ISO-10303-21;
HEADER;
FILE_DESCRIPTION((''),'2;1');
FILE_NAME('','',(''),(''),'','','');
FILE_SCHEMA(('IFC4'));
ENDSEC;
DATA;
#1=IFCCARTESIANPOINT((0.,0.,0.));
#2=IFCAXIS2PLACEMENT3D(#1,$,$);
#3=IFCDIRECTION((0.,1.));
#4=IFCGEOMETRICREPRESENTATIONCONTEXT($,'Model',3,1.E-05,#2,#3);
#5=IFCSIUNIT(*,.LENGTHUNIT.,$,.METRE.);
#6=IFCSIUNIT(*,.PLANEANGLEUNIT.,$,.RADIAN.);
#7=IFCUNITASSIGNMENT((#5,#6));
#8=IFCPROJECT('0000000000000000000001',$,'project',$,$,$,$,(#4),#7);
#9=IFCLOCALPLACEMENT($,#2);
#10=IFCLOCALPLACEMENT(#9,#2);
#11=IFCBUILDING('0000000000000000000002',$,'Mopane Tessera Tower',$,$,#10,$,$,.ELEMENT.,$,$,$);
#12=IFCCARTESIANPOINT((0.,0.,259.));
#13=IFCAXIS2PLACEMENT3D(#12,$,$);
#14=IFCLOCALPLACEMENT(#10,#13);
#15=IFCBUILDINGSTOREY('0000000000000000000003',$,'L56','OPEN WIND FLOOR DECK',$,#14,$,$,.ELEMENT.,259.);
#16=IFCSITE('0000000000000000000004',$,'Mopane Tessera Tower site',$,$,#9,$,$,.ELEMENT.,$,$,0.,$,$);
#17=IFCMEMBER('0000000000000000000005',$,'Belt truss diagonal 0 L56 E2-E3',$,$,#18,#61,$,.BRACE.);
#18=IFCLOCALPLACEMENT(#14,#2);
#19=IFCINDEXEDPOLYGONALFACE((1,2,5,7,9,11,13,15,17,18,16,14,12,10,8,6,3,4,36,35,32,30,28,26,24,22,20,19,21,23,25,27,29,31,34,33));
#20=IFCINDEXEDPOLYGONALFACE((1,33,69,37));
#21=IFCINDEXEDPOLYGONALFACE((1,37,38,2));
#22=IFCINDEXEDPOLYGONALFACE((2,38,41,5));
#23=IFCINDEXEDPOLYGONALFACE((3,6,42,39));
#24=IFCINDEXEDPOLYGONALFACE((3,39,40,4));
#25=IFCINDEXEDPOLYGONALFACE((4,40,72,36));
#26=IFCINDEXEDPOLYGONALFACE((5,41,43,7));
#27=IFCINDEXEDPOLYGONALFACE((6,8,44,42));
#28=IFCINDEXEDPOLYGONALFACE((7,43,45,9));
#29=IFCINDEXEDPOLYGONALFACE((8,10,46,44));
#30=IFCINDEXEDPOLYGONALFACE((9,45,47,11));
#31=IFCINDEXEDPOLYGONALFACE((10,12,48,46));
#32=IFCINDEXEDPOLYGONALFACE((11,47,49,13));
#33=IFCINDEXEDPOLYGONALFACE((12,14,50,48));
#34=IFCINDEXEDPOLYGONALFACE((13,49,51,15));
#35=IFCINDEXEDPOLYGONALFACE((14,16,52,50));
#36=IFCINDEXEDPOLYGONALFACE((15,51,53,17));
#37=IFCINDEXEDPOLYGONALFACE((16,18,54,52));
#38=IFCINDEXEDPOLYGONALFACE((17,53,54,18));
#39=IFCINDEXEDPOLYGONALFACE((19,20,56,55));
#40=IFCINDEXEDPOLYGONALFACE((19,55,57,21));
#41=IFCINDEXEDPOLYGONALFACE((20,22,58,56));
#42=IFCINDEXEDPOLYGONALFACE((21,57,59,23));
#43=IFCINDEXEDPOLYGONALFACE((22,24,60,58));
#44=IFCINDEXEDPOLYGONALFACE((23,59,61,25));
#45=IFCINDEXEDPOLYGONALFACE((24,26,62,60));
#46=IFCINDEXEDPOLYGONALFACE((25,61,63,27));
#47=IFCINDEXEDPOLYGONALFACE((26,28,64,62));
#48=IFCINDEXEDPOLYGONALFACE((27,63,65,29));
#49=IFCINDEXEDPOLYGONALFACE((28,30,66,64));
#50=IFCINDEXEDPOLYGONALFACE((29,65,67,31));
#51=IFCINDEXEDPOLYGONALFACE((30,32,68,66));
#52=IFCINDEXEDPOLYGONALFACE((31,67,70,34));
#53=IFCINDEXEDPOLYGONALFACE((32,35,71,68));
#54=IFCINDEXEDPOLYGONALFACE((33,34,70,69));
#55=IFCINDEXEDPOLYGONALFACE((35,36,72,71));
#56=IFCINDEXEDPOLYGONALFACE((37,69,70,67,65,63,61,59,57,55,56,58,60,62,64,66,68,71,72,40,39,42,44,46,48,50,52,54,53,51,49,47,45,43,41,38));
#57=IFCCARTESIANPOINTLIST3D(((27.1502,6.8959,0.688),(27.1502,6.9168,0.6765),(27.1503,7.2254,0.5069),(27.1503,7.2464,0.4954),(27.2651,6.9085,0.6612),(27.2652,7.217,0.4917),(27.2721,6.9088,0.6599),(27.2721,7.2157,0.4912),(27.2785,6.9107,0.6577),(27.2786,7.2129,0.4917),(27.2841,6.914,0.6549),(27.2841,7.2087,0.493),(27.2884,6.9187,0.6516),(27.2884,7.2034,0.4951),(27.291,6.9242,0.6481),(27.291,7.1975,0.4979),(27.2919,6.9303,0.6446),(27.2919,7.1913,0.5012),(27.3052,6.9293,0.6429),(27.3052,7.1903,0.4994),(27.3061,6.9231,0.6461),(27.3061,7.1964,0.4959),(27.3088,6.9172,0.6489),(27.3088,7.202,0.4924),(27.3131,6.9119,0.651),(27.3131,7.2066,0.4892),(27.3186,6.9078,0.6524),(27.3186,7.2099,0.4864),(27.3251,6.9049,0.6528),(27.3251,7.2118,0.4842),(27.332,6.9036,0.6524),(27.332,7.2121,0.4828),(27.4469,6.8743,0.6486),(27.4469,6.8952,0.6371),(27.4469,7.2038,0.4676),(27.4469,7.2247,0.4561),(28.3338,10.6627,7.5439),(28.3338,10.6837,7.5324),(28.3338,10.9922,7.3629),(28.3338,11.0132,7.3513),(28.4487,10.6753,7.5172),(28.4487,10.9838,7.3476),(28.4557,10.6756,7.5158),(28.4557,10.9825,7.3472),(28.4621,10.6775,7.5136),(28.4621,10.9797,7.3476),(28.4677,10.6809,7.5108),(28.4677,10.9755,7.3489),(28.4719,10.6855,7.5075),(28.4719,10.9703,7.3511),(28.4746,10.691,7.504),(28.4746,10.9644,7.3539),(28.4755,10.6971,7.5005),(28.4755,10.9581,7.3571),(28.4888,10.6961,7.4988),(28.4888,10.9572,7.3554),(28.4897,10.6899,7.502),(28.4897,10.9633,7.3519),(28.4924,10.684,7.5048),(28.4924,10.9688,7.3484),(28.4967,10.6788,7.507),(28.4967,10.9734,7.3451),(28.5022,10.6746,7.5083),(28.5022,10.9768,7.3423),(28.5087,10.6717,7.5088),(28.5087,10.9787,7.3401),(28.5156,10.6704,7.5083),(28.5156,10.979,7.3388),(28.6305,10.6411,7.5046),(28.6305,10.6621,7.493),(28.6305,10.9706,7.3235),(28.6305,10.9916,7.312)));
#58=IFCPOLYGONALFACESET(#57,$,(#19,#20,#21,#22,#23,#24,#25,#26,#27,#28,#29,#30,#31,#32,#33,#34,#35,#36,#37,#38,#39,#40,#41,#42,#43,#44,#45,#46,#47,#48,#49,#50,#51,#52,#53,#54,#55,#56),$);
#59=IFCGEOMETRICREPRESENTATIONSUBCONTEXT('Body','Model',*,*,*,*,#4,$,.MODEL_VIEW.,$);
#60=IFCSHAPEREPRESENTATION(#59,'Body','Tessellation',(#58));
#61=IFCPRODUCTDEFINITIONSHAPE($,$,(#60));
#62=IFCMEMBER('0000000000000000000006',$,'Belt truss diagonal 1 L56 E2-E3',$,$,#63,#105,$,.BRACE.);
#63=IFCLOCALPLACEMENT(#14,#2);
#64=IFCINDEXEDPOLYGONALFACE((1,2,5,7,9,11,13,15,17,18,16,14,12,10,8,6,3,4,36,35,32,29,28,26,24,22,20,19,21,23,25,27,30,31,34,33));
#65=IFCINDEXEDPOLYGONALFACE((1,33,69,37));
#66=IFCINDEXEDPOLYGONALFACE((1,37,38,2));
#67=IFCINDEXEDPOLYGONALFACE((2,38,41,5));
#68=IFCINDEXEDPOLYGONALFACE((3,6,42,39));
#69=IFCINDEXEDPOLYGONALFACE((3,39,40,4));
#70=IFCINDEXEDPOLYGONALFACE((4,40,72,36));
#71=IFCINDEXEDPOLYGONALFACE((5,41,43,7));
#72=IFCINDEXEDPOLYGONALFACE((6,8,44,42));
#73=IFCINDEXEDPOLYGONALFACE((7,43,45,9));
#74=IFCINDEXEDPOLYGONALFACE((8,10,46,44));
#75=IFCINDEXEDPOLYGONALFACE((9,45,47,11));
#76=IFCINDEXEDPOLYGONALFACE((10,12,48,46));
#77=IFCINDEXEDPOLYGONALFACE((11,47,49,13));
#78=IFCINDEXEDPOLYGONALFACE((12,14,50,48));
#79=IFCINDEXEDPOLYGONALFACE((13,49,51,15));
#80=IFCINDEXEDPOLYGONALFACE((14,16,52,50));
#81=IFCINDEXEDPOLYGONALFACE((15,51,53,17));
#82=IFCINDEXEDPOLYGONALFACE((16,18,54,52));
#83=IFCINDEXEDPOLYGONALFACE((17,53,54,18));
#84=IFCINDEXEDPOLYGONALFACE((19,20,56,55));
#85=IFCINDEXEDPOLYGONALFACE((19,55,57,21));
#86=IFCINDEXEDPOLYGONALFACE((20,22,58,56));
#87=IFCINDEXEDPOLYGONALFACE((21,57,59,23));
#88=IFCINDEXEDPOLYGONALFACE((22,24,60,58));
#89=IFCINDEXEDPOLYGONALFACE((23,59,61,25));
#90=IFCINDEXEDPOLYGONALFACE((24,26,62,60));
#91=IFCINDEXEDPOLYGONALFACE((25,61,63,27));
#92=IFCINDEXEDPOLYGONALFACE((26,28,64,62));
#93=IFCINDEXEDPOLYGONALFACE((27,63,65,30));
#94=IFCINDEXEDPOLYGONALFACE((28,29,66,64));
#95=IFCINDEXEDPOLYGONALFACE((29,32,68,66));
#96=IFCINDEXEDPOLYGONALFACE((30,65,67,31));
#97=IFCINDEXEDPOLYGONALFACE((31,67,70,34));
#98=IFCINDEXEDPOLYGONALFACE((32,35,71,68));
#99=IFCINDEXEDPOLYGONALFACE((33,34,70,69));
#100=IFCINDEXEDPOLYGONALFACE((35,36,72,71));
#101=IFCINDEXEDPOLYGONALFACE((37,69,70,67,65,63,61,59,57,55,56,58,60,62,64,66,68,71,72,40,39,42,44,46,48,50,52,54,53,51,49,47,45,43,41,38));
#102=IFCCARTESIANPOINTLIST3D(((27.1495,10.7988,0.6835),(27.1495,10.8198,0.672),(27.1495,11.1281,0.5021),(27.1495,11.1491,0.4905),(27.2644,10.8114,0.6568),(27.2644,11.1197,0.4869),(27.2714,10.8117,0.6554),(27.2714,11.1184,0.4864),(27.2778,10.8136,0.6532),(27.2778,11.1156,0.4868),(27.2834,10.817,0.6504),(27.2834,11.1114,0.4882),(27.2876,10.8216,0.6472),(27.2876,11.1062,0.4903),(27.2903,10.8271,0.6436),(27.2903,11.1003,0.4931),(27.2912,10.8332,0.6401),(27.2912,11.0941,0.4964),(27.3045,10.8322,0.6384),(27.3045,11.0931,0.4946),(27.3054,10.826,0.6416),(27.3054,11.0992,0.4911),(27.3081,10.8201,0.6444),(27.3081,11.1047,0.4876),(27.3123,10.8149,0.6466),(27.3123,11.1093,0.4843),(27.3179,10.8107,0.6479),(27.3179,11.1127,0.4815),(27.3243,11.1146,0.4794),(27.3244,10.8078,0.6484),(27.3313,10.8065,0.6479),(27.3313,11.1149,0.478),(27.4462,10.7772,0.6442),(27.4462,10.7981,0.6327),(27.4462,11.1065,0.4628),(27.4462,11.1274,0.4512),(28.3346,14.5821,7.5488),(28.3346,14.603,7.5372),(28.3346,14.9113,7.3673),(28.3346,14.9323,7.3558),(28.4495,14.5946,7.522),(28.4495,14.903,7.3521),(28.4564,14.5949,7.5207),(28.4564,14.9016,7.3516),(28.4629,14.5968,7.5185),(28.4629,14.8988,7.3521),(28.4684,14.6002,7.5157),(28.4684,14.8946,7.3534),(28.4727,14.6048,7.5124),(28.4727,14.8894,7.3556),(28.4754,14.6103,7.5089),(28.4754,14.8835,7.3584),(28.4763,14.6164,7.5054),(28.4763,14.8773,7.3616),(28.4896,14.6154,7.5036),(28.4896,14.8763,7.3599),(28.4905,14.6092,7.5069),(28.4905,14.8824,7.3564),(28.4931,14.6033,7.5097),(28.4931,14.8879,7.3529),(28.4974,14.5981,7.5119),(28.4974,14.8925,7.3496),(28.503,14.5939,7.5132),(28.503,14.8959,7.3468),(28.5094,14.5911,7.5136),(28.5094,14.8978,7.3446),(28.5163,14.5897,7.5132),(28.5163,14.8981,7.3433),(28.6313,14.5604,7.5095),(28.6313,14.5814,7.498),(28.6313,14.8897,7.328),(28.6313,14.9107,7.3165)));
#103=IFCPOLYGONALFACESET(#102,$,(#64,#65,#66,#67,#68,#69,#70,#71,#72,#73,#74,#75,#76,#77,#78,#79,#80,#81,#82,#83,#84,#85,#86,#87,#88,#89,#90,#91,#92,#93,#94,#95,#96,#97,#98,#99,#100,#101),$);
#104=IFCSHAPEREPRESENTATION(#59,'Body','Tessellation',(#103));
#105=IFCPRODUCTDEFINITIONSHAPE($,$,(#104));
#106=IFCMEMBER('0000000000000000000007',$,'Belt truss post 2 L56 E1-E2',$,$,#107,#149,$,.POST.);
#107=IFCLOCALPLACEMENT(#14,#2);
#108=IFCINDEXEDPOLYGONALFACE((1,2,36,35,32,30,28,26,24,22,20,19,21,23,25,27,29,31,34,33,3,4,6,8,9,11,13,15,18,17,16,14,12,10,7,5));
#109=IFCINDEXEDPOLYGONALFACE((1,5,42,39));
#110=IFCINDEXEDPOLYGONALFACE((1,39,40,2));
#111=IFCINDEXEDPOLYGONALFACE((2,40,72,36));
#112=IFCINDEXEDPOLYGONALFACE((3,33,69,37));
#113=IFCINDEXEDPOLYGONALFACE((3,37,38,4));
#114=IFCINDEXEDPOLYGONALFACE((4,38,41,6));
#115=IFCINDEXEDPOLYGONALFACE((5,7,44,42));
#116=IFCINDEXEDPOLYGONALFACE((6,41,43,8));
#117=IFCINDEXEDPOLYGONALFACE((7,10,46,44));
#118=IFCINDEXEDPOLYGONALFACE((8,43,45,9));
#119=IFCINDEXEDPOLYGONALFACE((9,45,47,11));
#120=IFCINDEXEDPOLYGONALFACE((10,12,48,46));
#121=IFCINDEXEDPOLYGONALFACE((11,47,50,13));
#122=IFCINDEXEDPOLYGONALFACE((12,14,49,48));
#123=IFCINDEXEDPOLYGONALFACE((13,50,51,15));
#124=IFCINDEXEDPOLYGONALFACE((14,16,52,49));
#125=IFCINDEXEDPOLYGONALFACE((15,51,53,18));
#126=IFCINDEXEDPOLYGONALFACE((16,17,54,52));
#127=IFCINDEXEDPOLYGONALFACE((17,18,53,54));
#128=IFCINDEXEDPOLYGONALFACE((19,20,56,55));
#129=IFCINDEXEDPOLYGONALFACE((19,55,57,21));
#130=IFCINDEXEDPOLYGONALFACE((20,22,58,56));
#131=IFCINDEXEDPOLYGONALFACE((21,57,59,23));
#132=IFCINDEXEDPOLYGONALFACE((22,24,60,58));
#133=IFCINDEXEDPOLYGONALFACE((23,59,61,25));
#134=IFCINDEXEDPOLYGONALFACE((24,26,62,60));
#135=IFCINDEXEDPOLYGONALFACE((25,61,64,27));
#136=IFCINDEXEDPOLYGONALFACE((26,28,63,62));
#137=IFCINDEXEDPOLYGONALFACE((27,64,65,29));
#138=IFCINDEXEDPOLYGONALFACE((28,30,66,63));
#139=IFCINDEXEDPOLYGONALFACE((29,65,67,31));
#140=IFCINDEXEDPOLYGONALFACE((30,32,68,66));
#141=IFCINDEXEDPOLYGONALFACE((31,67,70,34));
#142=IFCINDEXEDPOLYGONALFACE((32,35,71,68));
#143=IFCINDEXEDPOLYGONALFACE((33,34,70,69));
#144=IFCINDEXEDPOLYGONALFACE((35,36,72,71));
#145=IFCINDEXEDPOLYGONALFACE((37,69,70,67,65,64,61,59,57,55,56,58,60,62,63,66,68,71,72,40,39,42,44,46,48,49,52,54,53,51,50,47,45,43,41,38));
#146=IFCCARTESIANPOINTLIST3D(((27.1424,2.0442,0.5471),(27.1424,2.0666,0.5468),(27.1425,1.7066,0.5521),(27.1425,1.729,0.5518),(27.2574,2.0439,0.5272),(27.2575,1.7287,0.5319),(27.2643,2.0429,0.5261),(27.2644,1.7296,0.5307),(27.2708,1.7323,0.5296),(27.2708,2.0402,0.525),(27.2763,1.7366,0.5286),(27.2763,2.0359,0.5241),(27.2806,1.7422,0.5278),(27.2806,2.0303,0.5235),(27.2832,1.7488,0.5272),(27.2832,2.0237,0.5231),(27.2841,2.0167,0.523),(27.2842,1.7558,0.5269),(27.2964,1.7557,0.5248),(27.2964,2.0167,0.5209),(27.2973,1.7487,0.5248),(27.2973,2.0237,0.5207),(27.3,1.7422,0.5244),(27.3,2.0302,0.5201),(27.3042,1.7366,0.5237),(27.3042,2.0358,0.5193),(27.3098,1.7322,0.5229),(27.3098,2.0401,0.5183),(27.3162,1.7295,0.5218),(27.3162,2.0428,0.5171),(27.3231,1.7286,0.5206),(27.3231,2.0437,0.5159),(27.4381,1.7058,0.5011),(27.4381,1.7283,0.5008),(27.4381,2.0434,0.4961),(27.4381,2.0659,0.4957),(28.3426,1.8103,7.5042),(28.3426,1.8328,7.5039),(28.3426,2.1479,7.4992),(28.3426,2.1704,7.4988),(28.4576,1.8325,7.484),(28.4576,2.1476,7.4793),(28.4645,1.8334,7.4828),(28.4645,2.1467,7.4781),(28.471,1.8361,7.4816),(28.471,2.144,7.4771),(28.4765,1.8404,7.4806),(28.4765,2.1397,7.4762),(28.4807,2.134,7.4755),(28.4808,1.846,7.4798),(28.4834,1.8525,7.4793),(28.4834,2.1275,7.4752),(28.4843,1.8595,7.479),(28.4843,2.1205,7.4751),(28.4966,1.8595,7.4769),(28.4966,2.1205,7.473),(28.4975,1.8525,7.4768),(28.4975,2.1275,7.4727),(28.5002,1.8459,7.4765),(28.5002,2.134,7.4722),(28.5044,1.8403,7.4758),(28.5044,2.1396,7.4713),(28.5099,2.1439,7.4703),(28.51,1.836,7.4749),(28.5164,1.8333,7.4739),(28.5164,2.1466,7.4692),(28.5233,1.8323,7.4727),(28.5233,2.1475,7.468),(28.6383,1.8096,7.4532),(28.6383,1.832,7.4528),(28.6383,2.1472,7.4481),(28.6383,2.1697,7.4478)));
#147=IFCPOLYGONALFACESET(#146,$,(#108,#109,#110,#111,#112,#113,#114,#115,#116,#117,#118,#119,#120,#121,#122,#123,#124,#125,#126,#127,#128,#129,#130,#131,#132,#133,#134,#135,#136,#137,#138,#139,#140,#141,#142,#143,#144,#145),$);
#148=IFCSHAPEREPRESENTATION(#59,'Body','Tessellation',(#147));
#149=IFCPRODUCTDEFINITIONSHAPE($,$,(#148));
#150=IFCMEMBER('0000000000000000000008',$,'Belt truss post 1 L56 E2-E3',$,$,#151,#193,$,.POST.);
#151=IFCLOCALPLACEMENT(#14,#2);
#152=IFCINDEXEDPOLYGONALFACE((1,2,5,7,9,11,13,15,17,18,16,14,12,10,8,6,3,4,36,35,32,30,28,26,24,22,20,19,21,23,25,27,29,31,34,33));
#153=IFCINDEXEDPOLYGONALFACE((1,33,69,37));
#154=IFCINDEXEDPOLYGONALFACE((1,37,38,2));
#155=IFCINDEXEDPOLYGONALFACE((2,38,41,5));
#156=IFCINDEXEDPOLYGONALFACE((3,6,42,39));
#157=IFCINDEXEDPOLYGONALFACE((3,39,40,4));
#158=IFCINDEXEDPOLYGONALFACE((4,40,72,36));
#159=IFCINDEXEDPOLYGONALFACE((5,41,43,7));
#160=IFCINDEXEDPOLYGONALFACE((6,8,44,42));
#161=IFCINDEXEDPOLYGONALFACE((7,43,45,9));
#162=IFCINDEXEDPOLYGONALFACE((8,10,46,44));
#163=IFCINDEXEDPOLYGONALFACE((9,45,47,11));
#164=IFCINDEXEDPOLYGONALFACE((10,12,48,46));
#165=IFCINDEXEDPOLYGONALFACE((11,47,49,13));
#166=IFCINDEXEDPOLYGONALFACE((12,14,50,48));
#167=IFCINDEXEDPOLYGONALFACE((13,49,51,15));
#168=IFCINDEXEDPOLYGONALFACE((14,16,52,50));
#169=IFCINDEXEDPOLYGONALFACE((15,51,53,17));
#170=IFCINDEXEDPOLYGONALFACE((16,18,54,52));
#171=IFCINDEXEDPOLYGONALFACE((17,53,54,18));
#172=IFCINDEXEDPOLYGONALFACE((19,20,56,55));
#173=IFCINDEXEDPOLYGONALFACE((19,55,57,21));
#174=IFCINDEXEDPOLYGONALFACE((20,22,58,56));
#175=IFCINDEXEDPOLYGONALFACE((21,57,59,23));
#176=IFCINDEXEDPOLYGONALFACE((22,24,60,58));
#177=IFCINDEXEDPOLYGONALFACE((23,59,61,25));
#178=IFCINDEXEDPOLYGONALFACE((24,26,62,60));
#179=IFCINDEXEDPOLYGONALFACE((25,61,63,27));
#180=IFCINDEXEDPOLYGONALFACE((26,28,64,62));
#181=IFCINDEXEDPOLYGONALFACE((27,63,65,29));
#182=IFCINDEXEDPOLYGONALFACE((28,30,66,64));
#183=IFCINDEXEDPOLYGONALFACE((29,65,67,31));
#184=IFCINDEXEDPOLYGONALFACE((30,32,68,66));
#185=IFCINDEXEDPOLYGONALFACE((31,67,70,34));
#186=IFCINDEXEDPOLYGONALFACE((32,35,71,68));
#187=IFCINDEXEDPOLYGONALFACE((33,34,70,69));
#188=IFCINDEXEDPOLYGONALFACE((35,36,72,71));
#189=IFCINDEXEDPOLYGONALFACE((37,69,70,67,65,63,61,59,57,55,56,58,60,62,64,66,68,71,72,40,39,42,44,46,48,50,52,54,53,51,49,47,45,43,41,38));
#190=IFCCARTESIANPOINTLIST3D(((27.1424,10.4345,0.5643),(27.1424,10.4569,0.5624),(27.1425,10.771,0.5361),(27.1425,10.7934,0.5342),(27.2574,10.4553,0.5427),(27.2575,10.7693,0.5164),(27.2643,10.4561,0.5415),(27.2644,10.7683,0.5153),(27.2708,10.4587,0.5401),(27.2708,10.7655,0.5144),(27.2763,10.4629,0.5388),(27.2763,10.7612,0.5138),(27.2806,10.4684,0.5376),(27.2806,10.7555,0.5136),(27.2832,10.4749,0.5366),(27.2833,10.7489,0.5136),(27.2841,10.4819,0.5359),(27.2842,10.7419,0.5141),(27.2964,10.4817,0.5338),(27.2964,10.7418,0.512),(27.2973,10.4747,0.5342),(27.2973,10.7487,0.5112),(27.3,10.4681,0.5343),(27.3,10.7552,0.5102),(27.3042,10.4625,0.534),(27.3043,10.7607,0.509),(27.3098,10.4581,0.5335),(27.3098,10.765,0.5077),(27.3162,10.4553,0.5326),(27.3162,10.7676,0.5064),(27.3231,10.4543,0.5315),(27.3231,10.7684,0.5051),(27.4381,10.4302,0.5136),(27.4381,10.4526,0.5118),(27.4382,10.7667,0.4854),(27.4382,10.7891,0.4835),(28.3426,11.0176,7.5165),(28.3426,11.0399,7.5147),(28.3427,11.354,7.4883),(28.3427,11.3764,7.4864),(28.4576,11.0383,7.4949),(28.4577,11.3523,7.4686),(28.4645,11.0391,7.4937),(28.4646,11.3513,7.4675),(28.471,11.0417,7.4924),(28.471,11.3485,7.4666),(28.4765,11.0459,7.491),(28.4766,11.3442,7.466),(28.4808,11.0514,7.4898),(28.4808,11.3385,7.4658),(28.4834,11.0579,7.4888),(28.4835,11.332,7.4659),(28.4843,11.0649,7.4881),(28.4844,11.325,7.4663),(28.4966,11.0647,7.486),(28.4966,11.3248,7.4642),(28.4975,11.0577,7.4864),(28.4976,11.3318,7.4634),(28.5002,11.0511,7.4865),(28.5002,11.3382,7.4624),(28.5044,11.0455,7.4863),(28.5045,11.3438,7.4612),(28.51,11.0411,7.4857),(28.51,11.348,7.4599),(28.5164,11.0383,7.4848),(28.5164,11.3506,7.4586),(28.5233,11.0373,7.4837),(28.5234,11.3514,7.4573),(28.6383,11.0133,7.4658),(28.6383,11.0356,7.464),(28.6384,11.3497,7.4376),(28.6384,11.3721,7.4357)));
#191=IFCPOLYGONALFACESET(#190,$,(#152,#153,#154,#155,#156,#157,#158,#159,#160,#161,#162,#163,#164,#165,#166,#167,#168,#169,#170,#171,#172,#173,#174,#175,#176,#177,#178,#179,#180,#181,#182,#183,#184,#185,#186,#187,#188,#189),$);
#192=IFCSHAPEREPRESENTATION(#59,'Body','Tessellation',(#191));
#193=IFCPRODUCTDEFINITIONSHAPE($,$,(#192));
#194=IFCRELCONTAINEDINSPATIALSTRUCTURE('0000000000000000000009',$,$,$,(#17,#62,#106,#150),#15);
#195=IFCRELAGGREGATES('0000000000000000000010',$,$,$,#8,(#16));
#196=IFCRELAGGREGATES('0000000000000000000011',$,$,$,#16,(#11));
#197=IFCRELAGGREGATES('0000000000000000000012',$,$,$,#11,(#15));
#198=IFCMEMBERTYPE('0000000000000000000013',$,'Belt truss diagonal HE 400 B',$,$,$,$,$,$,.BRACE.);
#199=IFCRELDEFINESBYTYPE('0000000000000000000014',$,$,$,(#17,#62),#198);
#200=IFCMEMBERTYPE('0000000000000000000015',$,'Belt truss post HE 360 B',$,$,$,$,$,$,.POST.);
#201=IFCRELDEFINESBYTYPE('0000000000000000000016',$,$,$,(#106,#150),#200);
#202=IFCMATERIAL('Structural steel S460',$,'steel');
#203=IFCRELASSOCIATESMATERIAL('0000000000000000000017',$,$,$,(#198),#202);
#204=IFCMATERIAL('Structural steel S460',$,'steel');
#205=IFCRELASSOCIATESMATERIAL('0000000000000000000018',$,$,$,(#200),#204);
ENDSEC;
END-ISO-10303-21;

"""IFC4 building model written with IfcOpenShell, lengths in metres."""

from ifc_helpers import new_model, si_unit, direction, frame, origin, origin_2d, place, context, subcontext, project, spatial, i_section, extrude, material, material_profile, profile_set, type_object, element, save


model = new_model("IFC4")

# Units and contexts
model_context = context("Model", 3, precision=1e-05, world=origin(), true_north=direction((0.0, 1.0)))
body_context = subcontext(model_context, "Body", "Model", "MODEL_VIEW")
ifc_project = project(units=[si_unit("LENGTHUNIT", "METRE"), si_unit("PLANEANGLEUNIT", "RADIAN")], contexts=[model_context])

# Site, building, storey
site_placement = place(None, origin())
site = spatial("IfcSite", under=ifc_project, at=site_placement, Name="Mopane Tessera Tower site", CompositionType="ELEMENT", RefElevation=0.0)
building_placement = place(site_placement, origin())
building = spatial("IfcBuilding", under=site, at=building_placement, Name="Mopane Tessera Tower", CompositionType="ELEMENT")
storey_placement = place(building_placement, frame((0.0, 0.0, 259.0)))
storey = spatial("IfcBuildingStorey", under=building, at=storey_placement, Name="L56", Description="OPEN WIND FLOOR DECK", CompositionType="ELEMENT", Elevation=259.0)

# Members
ifc_material_1 = material(Name="Structural steel S460", Category="steel")
ifc_material_profile_1 = material_profile(ifc_material_1, i_section(OverallWidth=0.3, OverallDepth=0.3999, WebThickness=0.0134, FlangeThickness=0.0239, FilletRadius=0.0271, at=origin_2d()))
ifc_profile_set_1 = profile_set([ifc_material_profile_1], Name="Structural steel S460")
member_type_1 = type_object("IfcMemberType", Name="Belt truss diagonal HE 400 B", PredefinedType="BRACE", material=ifc_profile_set_1)
member_1_placement = place(storey_placement, frame((27.2986, 7.0603, 0.572), z_axis=(0.149601, 0.476114, 0.866565), x_axis=(-0.988746, 0.072053, 0.131107)))
element("IfcMember", 1, at=member_1_placement, inside=storey, type_object=member_type_1, Name="Belt truss diagonal 0 L56 E2-E3", PredefinedType="BRACE", context=body_context, shape_type="SweptSolid", body=[
    extrude(i_section(OverallWidth=0.3, OverallDepth=0.3999, WebThickness=0.0134, FlangeThickness=0.0239, FilletRadius=0.0271, at=origin_2d()), origin(), (0.0, 0.0, 1.0), 7.9116),
])
member_2_placement = place(storey_placement, frame((27.2979, 10.9631, 0.5674), z_axis=(0.149483, 0.477213, 0.865981), x_axis=(-0.988764, 0.072141, 0.130924)))
element("IfcMember", 2, at=member_2_placement, inside=storey, type_object=member_type_1, Name="Belt truss diagonal 1 L56 E2-E3", PredefinedType="BRACE", context=body_context, shape_type="SweptSolid", body=[
    extrude(i_section(OverallWidth=0.3, OverallDepth=0.3999, WebThickness=0.0134, FlangeThickness=0.0239, FilletRadius=0.0271, at=origin_2d()), origin(), (0.0, 0.0, 1.0), 7.9277),
])
ifc_material_2 = material(Name="Structural steel S460", Category="steel")
ifc_material_profile_2 = material_profile(ifc_material_2, i_section(OverallWidth=0.3, OverallDepth=0.3601, WebThickness=0.0125, FlangeThickness=0.0225, FilletRadius=0.0271, at=origin_2d()))
ifc_profile_set_2 = profile_set([ifc_material_profile_2], Name="Structural steel S460")
member_type_2 = type_object("IfcMemberType", Name="Belt truss post HE 360 B", PredefinedType="POST", material=ifc_profile_set_2)
member_3_placement = place(storey_placement, frame((27.2903, 1.8862, 0.5239), z_axis=(0.170102, 0.014706, 0.985317), x_axis=(-0.985427, 0.002474, 0.170084)))
element("IfcMember", 3, at=member_3_placement, inside=storey, type_object=member_type_2, Name="Belt truss post 2 L56 E1-E2", PredefinedType="POST", context=body_context, shape_type="SweptSolid", body=[
    extrude(i_section(OverallWidth=0.3, OverallDepth=0.3601, WebThickness=0.0125, FlangeThickness=0.0225, FilletRadius=0.0271, at=origin_2d()), origin(), (0.0, 0.0, 1.0), 7.0557),
])
member_4_placement = place(storey_placement, frame((27.2903, 10.6118, 0.5239), z_axis=(0.169542, 0.082357, 0.982076), x_axis=(-0.985523, 0.014304, 0.168938)))
element("IfcMember", 4, at=member_4_placement, inside=storey, type_object=member_type_2, Name="Belt truss post 1 L56 E2-E3", PredefinedType="POST", context=body_context, shape_type="SweptSolid", body=[
    extrude(i_section(OverallWidth=0.3, OverallDepth=0.3601, WebThickness=0.0125, FlangeThickness=0.0225, FilletRadius=0.0271, at=origin_2d()), origin(), (0.0, 0.0, 1.0), 7.0791),
])

save(model, "model.ifc")
